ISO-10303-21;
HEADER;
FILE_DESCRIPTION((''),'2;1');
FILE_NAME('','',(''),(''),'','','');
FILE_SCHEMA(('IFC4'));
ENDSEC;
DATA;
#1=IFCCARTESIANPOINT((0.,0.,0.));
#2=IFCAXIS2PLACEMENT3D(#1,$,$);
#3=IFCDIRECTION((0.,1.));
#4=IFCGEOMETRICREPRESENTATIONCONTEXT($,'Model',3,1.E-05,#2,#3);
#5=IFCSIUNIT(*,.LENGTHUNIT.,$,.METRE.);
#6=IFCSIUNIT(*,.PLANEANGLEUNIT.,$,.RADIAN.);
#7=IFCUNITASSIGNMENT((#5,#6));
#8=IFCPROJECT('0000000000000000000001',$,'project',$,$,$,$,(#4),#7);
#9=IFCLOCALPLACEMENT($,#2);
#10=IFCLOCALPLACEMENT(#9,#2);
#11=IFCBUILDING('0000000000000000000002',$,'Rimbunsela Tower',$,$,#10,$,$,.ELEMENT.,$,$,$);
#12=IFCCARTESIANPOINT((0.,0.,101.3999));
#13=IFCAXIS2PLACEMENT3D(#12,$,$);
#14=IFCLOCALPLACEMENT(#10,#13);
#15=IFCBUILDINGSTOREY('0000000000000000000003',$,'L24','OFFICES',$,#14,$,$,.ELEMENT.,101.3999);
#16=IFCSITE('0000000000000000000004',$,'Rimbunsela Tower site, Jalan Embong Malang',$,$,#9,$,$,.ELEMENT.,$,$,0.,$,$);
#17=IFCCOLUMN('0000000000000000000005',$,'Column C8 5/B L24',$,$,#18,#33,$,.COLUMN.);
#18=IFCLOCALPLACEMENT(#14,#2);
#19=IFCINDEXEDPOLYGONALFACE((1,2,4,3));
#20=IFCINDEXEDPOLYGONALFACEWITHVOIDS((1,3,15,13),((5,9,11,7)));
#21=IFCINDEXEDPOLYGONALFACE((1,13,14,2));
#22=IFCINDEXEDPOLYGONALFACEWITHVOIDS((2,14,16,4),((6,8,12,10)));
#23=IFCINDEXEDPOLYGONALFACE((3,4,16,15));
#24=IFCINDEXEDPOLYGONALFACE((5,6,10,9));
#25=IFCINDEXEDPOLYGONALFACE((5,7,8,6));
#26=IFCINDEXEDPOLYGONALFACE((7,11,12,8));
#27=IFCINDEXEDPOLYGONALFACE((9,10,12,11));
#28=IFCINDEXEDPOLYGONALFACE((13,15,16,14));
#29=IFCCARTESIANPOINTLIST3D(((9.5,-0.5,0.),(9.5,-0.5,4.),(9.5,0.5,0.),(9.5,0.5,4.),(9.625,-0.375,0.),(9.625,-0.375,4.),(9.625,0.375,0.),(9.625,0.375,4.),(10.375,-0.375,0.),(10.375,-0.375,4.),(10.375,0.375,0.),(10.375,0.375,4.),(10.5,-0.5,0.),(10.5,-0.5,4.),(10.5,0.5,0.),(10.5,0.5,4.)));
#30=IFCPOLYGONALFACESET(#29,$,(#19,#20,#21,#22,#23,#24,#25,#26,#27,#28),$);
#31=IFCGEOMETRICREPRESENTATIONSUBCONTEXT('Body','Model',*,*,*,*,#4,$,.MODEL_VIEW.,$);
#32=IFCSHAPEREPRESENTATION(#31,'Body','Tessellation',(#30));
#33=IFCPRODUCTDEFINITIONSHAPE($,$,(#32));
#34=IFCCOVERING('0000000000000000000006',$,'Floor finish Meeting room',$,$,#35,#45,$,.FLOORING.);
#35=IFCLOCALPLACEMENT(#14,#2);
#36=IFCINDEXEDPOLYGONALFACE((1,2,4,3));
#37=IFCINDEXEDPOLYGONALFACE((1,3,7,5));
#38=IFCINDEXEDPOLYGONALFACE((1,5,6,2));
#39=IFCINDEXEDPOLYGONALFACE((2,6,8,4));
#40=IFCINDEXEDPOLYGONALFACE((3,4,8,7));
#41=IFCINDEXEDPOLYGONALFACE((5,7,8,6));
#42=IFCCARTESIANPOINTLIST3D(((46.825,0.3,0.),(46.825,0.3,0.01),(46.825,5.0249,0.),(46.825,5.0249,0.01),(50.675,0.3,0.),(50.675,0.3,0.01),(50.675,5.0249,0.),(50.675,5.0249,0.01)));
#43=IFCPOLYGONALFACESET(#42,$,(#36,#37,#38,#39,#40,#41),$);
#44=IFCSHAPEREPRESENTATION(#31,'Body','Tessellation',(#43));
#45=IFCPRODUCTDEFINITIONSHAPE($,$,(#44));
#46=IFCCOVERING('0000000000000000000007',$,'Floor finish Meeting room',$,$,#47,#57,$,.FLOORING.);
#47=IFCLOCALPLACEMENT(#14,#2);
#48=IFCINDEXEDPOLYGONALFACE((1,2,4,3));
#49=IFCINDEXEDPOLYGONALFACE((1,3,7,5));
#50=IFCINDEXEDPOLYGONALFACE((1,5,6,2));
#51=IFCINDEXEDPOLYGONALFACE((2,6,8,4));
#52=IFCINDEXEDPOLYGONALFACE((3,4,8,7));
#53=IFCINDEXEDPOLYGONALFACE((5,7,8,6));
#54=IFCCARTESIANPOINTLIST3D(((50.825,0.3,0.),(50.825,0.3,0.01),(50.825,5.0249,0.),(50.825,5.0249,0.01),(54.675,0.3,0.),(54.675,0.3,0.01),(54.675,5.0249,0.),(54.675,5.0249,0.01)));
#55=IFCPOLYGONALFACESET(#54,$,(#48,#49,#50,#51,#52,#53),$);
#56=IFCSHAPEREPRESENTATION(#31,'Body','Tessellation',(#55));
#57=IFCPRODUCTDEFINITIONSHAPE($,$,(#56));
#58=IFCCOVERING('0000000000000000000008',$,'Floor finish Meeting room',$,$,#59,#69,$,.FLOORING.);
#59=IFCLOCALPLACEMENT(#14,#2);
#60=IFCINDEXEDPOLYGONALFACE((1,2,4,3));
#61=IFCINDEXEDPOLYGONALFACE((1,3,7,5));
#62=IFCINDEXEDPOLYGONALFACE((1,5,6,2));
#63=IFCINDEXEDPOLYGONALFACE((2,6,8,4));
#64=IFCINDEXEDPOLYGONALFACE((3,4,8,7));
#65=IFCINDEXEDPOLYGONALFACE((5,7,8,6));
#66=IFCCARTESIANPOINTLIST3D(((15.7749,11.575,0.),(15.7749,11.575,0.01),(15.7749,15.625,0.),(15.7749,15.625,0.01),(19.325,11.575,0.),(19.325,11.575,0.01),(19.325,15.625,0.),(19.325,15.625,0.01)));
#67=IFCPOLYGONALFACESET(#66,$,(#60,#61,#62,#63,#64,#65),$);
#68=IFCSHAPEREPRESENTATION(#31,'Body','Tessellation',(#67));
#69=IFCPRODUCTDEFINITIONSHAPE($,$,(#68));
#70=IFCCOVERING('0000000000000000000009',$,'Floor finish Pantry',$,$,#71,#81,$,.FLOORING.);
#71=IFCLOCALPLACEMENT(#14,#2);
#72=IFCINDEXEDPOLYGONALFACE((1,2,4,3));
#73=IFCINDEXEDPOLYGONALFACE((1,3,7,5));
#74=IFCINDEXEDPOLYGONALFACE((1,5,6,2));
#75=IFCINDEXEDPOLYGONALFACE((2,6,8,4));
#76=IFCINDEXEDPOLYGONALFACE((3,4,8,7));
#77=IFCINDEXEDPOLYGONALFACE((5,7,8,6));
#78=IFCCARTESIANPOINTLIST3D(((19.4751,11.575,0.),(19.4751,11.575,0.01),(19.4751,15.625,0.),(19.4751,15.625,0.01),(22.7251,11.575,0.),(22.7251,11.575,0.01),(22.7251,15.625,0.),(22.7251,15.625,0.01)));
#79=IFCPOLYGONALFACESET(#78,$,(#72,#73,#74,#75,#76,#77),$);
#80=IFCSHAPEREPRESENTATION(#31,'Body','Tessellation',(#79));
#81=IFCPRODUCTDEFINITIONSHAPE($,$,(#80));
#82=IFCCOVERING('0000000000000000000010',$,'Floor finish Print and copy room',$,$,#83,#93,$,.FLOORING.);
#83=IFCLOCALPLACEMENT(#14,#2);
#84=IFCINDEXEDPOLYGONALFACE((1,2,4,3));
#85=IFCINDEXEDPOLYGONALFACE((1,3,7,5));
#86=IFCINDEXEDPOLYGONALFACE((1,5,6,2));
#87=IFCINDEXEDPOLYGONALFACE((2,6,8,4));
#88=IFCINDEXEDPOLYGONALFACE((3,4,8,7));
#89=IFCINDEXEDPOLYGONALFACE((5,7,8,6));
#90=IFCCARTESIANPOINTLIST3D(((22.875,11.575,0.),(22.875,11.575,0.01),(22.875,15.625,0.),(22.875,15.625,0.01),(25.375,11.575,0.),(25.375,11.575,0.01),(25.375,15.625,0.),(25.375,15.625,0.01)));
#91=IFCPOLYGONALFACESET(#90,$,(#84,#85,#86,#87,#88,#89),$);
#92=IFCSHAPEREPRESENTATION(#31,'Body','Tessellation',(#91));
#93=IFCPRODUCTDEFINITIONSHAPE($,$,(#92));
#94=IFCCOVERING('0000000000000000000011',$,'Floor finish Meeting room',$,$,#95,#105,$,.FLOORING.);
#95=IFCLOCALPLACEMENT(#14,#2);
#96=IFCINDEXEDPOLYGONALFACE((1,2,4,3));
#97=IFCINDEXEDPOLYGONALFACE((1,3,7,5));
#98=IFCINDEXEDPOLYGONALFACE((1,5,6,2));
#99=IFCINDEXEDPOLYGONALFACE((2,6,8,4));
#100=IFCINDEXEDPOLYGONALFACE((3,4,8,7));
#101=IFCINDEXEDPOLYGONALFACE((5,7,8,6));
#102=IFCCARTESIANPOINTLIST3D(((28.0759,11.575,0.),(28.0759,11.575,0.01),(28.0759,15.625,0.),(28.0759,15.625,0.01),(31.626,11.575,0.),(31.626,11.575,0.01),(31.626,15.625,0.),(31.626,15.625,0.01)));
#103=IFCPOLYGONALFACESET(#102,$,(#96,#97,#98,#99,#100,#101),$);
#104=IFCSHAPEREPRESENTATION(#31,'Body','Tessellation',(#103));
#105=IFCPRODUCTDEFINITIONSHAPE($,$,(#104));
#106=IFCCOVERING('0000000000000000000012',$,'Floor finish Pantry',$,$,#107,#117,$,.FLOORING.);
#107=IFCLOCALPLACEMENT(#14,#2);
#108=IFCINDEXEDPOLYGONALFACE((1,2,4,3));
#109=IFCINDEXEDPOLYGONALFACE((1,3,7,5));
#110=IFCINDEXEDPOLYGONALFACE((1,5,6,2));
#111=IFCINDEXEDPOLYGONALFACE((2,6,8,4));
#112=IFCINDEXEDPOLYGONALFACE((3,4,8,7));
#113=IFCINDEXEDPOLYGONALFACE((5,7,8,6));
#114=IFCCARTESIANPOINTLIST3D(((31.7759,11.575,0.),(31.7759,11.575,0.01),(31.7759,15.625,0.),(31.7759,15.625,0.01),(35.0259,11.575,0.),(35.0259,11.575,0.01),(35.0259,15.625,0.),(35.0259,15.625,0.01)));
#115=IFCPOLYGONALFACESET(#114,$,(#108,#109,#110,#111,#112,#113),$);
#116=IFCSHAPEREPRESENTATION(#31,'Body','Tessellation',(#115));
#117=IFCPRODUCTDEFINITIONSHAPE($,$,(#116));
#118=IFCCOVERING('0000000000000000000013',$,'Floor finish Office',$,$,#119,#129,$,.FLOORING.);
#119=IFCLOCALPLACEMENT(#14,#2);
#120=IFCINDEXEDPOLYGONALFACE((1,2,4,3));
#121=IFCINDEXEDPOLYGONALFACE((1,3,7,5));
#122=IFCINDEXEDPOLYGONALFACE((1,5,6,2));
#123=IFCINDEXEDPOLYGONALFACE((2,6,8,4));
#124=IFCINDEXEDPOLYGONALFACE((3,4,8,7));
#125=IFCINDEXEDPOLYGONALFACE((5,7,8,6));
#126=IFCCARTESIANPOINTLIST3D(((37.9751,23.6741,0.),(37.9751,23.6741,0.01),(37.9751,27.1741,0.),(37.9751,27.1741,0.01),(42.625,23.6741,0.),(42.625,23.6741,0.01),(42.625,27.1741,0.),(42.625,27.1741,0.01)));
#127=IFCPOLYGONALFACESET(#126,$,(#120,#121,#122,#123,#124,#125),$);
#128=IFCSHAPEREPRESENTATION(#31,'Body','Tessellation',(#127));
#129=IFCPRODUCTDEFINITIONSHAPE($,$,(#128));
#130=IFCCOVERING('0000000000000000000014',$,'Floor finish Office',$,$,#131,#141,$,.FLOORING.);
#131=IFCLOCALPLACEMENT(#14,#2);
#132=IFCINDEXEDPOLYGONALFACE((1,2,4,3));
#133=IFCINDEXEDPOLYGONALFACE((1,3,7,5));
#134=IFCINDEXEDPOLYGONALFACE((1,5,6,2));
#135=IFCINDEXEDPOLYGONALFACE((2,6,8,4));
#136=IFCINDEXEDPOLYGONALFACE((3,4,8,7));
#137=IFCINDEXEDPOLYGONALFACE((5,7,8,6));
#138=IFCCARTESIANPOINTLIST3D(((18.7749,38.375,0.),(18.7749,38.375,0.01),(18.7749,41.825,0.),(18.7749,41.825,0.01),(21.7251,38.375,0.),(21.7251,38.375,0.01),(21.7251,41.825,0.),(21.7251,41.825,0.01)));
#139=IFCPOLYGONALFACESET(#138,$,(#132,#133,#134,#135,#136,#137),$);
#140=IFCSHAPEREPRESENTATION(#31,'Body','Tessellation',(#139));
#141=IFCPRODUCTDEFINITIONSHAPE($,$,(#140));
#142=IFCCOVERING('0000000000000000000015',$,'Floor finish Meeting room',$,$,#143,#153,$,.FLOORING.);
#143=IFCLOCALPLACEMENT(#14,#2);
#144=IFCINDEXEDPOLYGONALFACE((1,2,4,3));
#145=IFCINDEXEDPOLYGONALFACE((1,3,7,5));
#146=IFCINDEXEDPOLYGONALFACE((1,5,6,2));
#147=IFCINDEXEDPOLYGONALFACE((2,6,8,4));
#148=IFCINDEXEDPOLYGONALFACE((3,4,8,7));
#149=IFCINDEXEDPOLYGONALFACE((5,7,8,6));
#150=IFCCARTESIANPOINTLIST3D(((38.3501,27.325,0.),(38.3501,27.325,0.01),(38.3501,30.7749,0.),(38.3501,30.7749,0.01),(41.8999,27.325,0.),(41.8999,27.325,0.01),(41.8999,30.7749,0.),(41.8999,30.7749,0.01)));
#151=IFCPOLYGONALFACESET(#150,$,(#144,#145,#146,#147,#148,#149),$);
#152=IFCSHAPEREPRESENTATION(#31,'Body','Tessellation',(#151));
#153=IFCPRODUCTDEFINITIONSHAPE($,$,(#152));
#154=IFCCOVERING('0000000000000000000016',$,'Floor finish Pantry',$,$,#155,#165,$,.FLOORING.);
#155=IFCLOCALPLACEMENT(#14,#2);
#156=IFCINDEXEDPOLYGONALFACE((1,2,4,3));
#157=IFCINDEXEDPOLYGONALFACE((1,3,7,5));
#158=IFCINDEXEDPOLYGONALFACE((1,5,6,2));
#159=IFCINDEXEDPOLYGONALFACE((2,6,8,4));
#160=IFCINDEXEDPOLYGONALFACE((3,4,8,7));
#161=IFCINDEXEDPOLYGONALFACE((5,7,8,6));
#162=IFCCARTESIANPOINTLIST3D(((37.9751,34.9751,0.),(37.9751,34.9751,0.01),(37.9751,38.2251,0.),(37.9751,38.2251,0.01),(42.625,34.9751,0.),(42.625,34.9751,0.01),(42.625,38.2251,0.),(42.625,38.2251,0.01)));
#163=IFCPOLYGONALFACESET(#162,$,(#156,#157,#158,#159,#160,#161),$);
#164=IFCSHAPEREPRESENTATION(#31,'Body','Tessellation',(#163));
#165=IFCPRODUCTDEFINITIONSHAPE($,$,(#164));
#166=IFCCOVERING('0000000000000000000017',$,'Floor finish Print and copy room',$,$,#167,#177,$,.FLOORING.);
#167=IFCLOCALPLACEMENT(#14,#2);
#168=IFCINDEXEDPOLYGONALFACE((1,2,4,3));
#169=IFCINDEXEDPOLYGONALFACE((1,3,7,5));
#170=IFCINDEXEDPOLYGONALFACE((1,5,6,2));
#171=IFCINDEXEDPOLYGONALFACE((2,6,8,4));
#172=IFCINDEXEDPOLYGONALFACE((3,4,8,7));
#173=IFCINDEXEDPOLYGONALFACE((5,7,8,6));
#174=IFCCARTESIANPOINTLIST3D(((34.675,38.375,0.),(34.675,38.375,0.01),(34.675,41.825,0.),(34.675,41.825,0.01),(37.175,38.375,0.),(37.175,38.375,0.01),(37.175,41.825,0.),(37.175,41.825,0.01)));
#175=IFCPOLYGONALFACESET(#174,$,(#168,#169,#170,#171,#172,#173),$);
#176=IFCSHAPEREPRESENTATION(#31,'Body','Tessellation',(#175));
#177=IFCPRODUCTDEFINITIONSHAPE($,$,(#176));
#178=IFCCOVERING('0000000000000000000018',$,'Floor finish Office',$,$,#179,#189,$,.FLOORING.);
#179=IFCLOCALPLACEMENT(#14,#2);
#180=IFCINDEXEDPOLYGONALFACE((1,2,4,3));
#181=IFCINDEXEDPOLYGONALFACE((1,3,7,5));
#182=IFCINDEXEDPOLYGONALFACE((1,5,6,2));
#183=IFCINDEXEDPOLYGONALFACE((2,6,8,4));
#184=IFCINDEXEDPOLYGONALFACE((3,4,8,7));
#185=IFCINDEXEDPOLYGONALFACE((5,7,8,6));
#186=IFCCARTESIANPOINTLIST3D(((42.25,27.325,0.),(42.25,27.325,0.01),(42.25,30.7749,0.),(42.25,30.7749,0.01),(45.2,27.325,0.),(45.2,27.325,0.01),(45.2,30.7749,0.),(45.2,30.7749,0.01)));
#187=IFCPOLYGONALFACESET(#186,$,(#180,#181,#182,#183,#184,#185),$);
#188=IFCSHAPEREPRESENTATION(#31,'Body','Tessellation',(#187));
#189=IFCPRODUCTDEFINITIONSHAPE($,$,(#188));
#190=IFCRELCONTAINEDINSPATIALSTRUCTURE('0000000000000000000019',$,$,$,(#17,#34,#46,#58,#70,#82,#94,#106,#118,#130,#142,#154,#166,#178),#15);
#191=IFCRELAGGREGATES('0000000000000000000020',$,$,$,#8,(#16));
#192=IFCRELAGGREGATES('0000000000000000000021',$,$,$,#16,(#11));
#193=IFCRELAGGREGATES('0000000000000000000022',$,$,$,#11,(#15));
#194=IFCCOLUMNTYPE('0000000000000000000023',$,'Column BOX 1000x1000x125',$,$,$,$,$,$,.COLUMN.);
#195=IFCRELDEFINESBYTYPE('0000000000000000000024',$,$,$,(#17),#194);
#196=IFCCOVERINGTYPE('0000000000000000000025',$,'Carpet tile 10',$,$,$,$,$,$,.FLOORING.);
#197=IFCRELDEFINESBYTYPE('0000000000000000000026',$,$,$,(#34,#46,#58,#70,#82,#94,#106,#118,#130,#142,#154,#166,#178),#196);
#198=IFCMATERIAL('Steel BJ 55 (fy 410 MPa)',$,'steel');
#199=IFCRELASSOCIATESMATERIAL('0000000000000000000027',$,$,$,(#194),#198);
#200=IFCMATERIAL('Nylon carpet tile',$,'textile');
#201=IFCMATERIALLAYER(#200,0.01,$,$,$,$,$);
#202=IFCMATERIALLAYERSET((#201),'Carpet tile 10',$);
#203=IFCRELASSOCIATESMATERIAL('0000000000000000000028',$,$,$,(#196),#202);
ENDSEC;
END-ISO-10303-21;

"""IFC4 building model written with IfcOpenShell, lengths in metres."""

from ifc_helpers import new_model, si_unit, direction, frame, origin, origin_2d, place, context, subcontext, project, spatial, polyline, hollow_rectangle, outline, extrude, material, layer, layer_set, material_profile, profile_set, type_object, element, save


model = new_model("IFC4")

# Units and contexts
model_context = context("Model", 3, precision=1e-05, world=origin(), true_north=direction((0.0, 1.0)))
body_context = subcontext(model_context, "Body", "Model", "MODEL_VIEW")
ifc_project = project(units=[si_unit("LENGTHUNIT", "METRE"), si_unit("PLANEANGLEUNIT", "RADIAN")], contexts=[model_context])

# Site, building, storey
site_placement = place(None, origin())
site = spatial("IfcSite", under=ifc_project, at=site_placement, Name="Rimbunsela Tower site, Jalan Embong Malang", CompositionType="ELEMENT", RefElevation=0.0)
building_placement = place(site_placement, origin())
building = spatial("IfcBuilding", under=site, at=building_placement, Name="Rimbunsela Tower", CompositionType="ELEMENT")
storey_placement = place(building_placement, frame((0.0, 0.0, 101.3999)))
storey = spatial("IfcBuildingStorey", under=building, at=storey_placement, Name="L24", Description="OFFICES", CompositionType="ELEMENT", Elevation=101.3999)

# Column
ifc_material_1 = material(Name="Steel BJ 55 (fy 410 MPa)", Category="steel")
ifc_material_profile = material_profile(ifc_material_1, hollow_rectangle(XDim=1.0, YDim=1.0, WallThickness=0.125, at=origin_2d()), Name="BOX 1000x1000x125")
ifc_profile_set = profile_set([ifc_material_profile], Name="Steel BJ 55 (fy 410 MPa)")
column_type = type_object("IfcColumnType", Name="Column BOX 1000x1000x125", PredefinedType="COLUMN", material=ifc_profile_set)
column_placement = place(storey_placement, frame((10.0, 0.0, 0.0), z_axis=(0.0, 0.0, 1.0), x_axis=(1.0, 0.0, 0.0)))
element("IfcColumn", 1, at=column_placement, inside=storey, type_object=column_type, Name="Column C8 5/B L24", PredefinedType="COLUMN", context=body_context, shape_type="SweptSolid", body=[
    extrude(hollow_rectangle(XDim=1.0, YDim=1.0, WallThickness=0.125, at=origin_2d()), origin(), (0.0, 0.0, 1.0), 4.0),
])

# Coverings
ifc_material_2 = material(Name="Nylon carpet tile", Category="textile")
ifc_layer_1 = layer(ifc_material_2, 0.01)
ifc_layer_set_1 = layer_set([ifc_layer_1], Name="Carpet tile 10")
covering_type_1 = type_object("IfcCoveringType", Name="Carpet tile 10", PredefinedType="FLOORING", material=ifc_layer_set_1)
covering_1_placement = place(storey_placement, origin())
element("IfcCovering", 2, at=covering_1_placement, inside=storey, type_object=covering_type_1, Name="Floor finish Meeting room", PredefinedType="FLOORING", context=body_context, shape_type="SweptSolid", body=[
    extrude(outline(polyline([(50.675, 0.3), (50.675, 5.0249), (46.825, 5.0249), (46.825, 0.3), (50.675, 0.3)])), origin(), (0.0, 0.0, 1.0), 0.01),
])
covering_2_placement = place(storey_placement, origin())
element("IfcCovering", 3, at=covering_2_placement, inside=storey, type_object=covering_type_1, Name="Floor finish Meeting room", PredefinedType="FLOORING", context=body_context, shape_type="SweptSolid", body=[
    extrude(outline(polyline([(54.675, 0.3), (54.675, 5.0249), (50.825, 5.0249), (50.825, 0.3), (54.675, 0.3)])), origin(), (0.0, 0.0, 1.0), 0.01),
])
covering_3_placement = place(storey_placement, origin())
element("IfcCovering", 4, at=covering_3_placement, inside=storey, type_object=covering_type_1, Name="Floor finish Meeting room", PredefinedType="FLOORING", context=body_context, shape_type="SweptSolid", body=[
    extrude(outline(polyline([(19.325, 11.575), (19.325, 15.625), (15.7749, 15.625), (15.7749, 11.575), (19.325, 11.575)])), origin(), (0.0, 0.0, 1.0), 0.01),
])
covering_4_placement = place(storey_placement, origin())
element("IfcCovering", 5, at=covering_4_placement, inside=storey, type_object=covering_type_1, Name="Floor finish Pantry", PredefinedType="FLOORING", context=body_context, shape_type="SweptSolid", body=[
    extrude(outline(polyline([(22.7251, 11.575), (22.7251, 15.625), (19.4751, 15.625), (19.4751, 11.575), (22.7251, 11.575)])), origin(), (0.0, 0.0, 1.0), 0.01),
])
covering_5_placement = place(storey_placement, origin())
element("IfcCovering", 6, at=covering_5_placement, inside=storey, type_object=covering_type_1, Name="Floor finish Print and copy room", PredefinedType="FLOORING", context=body_context, shape_type="SweptSolid", body=[
    extrude(outline(polyline([(25.375, 11.575), (25.375, 15.625), (22.875, 15.625), (22.875, 11.575), (25.375, 11.575)])), origin(), (0.0, 0.0, 1.0), 0.01),
])
covering_6_placement = place(storey_placement, origin())
element("IfcCovering", 7, at=covering_6_placement, inside=storey, type_object=covering_type_1, Name="Floor finish Meeting room", PredefinedType="FLOORING", context=body_context, shape_type="SweptSolid", body=[
    extrude(outline(polyline([(31.626, 11.575), (31.626, 15.625), (28.0759, 15.625), (28.0759, 11.575), (31.626, 11.575)])), origin(), (0.0, 0.0, 1.0), 0.01),
])
covering_7_placement = place(storey_placement, origin())
element("IfcCovering", 8, at=covering_7_placement, inside=storey, type_object=covering_type_1, Name="Floor finish Pantry", PredefinedType="FLOORING", context=body_context, shape_type="SweptSolid", body=[
    extrude(outline(polyline([(35.0259, 11.575), (35.0259, 15.625), (31.7759, 15.625), (31.7759, 11.575), (35.0259, 11.575)])), origin(), (0.0, 0.0, 1.0), 0.01),
])
covering_8_placement = place(storey_placement, origin())
element("IfcCovering", 9, at=covering_8_placement, inside=storey, type_object=covering_type_1, Name="Floor finish Office", PredefinedType="FLOORING", context=body_context, shape_type="SweptSolid", body=[
    extrude(outline(polyline([(42.625, 23.6741), (42.625, 27.1741), (37.9751, 27.1741), (37.9751, 23.6741), (42.625, 23.6741)])), origin(), (0.0, 0.0, 1.0), 0.01),
])
covering_9_placement = place(storey_placement, origin())
element("IfcCovering", 10, at=covering_9_placement, inside=storey, type_object=covering_type_1, Name="Floor finish Office", PredefinedType="FLOORING", context=body_context, shape_type="SweptSolid", body=[
    extrude(outline(polyline([(21.7251, 38.375), (21.7251, 41.825), (18.7749, 41.825), (18.7749, 38.375), (21.7251, 38.375)])), origin(), (0.0, 0.0, 1.0), 0.01),
])
covering_10_placement = place(storey_placement, origin())
element("IfcCovering", 11, at=covering_10_placement, inside=storey, type_object=covering_type_1, Name="Floor finish Meeting room", PredefinedType="FLOORING", context=body_context, shape_type="SweptSolid", body=[
    extrude(outline(polyline([(41.8999, 27.325), (41.8999, 30.7749), (38.3501, 30.7749), (38.3501, 27.325), (41.8999, 27.325)])), origin(), (0.0, 0.0, 1.0), 0.01),
])
covering_11_placement = place(storey_placement, origin())
element("IfcCovering", 12, at=covering_11_placement, inside=storey, type_object=covering_type_1, Name="Floor finish Pantry", PredefinedType="FLOORING", context=body_context, shape_type="SweptSolid", body=[
    extrude(outline(polyline([(42.625, 34.9751), (42.625, 38.2251), (37.9751, 38.2251), (37.9751, 34.9751), (42.625, 34.9751)])), origin(), (0.0, 0.0, 1.0), 0.01),
])
covering_12_placement = place(storey_placement, origin())
element("IfcCovering", 13, at=covering_12_placement, inside=storey, type_object=covering_type_1, Name="Floor finish Print and copy room", PredefinedType="FLOORING", context=body_context, shape_type="SweptSolid", body=[
    extrude(outline(polyline([(37.175, 38.375), (37.175, 41.825), (34.675, 41.825), (34.675, 38.375), (37.175, 38.375)])), origin(), (0.0, 0.0, 1.0), 0.01),
])
covering_13_placement = place(storey_placement, origin())
element("IfcCovering", 14, at=covering_13_placement, inside=storey, type_object=covering_type_1, Name="Floor finish Office", PredefinedType="FLOORING", context=body_context, shape_type="SweptSolid", body=[
    extrude(outline(polyline([(45.2, 27.325), (45.2, 30.7749), (42.25, 30.7749), (42.25, 27.325), (45.2, 27.325)])), origin(), (0.0, 0.0, 1.0), 0.01),
])

save(model, "model.ifc")
